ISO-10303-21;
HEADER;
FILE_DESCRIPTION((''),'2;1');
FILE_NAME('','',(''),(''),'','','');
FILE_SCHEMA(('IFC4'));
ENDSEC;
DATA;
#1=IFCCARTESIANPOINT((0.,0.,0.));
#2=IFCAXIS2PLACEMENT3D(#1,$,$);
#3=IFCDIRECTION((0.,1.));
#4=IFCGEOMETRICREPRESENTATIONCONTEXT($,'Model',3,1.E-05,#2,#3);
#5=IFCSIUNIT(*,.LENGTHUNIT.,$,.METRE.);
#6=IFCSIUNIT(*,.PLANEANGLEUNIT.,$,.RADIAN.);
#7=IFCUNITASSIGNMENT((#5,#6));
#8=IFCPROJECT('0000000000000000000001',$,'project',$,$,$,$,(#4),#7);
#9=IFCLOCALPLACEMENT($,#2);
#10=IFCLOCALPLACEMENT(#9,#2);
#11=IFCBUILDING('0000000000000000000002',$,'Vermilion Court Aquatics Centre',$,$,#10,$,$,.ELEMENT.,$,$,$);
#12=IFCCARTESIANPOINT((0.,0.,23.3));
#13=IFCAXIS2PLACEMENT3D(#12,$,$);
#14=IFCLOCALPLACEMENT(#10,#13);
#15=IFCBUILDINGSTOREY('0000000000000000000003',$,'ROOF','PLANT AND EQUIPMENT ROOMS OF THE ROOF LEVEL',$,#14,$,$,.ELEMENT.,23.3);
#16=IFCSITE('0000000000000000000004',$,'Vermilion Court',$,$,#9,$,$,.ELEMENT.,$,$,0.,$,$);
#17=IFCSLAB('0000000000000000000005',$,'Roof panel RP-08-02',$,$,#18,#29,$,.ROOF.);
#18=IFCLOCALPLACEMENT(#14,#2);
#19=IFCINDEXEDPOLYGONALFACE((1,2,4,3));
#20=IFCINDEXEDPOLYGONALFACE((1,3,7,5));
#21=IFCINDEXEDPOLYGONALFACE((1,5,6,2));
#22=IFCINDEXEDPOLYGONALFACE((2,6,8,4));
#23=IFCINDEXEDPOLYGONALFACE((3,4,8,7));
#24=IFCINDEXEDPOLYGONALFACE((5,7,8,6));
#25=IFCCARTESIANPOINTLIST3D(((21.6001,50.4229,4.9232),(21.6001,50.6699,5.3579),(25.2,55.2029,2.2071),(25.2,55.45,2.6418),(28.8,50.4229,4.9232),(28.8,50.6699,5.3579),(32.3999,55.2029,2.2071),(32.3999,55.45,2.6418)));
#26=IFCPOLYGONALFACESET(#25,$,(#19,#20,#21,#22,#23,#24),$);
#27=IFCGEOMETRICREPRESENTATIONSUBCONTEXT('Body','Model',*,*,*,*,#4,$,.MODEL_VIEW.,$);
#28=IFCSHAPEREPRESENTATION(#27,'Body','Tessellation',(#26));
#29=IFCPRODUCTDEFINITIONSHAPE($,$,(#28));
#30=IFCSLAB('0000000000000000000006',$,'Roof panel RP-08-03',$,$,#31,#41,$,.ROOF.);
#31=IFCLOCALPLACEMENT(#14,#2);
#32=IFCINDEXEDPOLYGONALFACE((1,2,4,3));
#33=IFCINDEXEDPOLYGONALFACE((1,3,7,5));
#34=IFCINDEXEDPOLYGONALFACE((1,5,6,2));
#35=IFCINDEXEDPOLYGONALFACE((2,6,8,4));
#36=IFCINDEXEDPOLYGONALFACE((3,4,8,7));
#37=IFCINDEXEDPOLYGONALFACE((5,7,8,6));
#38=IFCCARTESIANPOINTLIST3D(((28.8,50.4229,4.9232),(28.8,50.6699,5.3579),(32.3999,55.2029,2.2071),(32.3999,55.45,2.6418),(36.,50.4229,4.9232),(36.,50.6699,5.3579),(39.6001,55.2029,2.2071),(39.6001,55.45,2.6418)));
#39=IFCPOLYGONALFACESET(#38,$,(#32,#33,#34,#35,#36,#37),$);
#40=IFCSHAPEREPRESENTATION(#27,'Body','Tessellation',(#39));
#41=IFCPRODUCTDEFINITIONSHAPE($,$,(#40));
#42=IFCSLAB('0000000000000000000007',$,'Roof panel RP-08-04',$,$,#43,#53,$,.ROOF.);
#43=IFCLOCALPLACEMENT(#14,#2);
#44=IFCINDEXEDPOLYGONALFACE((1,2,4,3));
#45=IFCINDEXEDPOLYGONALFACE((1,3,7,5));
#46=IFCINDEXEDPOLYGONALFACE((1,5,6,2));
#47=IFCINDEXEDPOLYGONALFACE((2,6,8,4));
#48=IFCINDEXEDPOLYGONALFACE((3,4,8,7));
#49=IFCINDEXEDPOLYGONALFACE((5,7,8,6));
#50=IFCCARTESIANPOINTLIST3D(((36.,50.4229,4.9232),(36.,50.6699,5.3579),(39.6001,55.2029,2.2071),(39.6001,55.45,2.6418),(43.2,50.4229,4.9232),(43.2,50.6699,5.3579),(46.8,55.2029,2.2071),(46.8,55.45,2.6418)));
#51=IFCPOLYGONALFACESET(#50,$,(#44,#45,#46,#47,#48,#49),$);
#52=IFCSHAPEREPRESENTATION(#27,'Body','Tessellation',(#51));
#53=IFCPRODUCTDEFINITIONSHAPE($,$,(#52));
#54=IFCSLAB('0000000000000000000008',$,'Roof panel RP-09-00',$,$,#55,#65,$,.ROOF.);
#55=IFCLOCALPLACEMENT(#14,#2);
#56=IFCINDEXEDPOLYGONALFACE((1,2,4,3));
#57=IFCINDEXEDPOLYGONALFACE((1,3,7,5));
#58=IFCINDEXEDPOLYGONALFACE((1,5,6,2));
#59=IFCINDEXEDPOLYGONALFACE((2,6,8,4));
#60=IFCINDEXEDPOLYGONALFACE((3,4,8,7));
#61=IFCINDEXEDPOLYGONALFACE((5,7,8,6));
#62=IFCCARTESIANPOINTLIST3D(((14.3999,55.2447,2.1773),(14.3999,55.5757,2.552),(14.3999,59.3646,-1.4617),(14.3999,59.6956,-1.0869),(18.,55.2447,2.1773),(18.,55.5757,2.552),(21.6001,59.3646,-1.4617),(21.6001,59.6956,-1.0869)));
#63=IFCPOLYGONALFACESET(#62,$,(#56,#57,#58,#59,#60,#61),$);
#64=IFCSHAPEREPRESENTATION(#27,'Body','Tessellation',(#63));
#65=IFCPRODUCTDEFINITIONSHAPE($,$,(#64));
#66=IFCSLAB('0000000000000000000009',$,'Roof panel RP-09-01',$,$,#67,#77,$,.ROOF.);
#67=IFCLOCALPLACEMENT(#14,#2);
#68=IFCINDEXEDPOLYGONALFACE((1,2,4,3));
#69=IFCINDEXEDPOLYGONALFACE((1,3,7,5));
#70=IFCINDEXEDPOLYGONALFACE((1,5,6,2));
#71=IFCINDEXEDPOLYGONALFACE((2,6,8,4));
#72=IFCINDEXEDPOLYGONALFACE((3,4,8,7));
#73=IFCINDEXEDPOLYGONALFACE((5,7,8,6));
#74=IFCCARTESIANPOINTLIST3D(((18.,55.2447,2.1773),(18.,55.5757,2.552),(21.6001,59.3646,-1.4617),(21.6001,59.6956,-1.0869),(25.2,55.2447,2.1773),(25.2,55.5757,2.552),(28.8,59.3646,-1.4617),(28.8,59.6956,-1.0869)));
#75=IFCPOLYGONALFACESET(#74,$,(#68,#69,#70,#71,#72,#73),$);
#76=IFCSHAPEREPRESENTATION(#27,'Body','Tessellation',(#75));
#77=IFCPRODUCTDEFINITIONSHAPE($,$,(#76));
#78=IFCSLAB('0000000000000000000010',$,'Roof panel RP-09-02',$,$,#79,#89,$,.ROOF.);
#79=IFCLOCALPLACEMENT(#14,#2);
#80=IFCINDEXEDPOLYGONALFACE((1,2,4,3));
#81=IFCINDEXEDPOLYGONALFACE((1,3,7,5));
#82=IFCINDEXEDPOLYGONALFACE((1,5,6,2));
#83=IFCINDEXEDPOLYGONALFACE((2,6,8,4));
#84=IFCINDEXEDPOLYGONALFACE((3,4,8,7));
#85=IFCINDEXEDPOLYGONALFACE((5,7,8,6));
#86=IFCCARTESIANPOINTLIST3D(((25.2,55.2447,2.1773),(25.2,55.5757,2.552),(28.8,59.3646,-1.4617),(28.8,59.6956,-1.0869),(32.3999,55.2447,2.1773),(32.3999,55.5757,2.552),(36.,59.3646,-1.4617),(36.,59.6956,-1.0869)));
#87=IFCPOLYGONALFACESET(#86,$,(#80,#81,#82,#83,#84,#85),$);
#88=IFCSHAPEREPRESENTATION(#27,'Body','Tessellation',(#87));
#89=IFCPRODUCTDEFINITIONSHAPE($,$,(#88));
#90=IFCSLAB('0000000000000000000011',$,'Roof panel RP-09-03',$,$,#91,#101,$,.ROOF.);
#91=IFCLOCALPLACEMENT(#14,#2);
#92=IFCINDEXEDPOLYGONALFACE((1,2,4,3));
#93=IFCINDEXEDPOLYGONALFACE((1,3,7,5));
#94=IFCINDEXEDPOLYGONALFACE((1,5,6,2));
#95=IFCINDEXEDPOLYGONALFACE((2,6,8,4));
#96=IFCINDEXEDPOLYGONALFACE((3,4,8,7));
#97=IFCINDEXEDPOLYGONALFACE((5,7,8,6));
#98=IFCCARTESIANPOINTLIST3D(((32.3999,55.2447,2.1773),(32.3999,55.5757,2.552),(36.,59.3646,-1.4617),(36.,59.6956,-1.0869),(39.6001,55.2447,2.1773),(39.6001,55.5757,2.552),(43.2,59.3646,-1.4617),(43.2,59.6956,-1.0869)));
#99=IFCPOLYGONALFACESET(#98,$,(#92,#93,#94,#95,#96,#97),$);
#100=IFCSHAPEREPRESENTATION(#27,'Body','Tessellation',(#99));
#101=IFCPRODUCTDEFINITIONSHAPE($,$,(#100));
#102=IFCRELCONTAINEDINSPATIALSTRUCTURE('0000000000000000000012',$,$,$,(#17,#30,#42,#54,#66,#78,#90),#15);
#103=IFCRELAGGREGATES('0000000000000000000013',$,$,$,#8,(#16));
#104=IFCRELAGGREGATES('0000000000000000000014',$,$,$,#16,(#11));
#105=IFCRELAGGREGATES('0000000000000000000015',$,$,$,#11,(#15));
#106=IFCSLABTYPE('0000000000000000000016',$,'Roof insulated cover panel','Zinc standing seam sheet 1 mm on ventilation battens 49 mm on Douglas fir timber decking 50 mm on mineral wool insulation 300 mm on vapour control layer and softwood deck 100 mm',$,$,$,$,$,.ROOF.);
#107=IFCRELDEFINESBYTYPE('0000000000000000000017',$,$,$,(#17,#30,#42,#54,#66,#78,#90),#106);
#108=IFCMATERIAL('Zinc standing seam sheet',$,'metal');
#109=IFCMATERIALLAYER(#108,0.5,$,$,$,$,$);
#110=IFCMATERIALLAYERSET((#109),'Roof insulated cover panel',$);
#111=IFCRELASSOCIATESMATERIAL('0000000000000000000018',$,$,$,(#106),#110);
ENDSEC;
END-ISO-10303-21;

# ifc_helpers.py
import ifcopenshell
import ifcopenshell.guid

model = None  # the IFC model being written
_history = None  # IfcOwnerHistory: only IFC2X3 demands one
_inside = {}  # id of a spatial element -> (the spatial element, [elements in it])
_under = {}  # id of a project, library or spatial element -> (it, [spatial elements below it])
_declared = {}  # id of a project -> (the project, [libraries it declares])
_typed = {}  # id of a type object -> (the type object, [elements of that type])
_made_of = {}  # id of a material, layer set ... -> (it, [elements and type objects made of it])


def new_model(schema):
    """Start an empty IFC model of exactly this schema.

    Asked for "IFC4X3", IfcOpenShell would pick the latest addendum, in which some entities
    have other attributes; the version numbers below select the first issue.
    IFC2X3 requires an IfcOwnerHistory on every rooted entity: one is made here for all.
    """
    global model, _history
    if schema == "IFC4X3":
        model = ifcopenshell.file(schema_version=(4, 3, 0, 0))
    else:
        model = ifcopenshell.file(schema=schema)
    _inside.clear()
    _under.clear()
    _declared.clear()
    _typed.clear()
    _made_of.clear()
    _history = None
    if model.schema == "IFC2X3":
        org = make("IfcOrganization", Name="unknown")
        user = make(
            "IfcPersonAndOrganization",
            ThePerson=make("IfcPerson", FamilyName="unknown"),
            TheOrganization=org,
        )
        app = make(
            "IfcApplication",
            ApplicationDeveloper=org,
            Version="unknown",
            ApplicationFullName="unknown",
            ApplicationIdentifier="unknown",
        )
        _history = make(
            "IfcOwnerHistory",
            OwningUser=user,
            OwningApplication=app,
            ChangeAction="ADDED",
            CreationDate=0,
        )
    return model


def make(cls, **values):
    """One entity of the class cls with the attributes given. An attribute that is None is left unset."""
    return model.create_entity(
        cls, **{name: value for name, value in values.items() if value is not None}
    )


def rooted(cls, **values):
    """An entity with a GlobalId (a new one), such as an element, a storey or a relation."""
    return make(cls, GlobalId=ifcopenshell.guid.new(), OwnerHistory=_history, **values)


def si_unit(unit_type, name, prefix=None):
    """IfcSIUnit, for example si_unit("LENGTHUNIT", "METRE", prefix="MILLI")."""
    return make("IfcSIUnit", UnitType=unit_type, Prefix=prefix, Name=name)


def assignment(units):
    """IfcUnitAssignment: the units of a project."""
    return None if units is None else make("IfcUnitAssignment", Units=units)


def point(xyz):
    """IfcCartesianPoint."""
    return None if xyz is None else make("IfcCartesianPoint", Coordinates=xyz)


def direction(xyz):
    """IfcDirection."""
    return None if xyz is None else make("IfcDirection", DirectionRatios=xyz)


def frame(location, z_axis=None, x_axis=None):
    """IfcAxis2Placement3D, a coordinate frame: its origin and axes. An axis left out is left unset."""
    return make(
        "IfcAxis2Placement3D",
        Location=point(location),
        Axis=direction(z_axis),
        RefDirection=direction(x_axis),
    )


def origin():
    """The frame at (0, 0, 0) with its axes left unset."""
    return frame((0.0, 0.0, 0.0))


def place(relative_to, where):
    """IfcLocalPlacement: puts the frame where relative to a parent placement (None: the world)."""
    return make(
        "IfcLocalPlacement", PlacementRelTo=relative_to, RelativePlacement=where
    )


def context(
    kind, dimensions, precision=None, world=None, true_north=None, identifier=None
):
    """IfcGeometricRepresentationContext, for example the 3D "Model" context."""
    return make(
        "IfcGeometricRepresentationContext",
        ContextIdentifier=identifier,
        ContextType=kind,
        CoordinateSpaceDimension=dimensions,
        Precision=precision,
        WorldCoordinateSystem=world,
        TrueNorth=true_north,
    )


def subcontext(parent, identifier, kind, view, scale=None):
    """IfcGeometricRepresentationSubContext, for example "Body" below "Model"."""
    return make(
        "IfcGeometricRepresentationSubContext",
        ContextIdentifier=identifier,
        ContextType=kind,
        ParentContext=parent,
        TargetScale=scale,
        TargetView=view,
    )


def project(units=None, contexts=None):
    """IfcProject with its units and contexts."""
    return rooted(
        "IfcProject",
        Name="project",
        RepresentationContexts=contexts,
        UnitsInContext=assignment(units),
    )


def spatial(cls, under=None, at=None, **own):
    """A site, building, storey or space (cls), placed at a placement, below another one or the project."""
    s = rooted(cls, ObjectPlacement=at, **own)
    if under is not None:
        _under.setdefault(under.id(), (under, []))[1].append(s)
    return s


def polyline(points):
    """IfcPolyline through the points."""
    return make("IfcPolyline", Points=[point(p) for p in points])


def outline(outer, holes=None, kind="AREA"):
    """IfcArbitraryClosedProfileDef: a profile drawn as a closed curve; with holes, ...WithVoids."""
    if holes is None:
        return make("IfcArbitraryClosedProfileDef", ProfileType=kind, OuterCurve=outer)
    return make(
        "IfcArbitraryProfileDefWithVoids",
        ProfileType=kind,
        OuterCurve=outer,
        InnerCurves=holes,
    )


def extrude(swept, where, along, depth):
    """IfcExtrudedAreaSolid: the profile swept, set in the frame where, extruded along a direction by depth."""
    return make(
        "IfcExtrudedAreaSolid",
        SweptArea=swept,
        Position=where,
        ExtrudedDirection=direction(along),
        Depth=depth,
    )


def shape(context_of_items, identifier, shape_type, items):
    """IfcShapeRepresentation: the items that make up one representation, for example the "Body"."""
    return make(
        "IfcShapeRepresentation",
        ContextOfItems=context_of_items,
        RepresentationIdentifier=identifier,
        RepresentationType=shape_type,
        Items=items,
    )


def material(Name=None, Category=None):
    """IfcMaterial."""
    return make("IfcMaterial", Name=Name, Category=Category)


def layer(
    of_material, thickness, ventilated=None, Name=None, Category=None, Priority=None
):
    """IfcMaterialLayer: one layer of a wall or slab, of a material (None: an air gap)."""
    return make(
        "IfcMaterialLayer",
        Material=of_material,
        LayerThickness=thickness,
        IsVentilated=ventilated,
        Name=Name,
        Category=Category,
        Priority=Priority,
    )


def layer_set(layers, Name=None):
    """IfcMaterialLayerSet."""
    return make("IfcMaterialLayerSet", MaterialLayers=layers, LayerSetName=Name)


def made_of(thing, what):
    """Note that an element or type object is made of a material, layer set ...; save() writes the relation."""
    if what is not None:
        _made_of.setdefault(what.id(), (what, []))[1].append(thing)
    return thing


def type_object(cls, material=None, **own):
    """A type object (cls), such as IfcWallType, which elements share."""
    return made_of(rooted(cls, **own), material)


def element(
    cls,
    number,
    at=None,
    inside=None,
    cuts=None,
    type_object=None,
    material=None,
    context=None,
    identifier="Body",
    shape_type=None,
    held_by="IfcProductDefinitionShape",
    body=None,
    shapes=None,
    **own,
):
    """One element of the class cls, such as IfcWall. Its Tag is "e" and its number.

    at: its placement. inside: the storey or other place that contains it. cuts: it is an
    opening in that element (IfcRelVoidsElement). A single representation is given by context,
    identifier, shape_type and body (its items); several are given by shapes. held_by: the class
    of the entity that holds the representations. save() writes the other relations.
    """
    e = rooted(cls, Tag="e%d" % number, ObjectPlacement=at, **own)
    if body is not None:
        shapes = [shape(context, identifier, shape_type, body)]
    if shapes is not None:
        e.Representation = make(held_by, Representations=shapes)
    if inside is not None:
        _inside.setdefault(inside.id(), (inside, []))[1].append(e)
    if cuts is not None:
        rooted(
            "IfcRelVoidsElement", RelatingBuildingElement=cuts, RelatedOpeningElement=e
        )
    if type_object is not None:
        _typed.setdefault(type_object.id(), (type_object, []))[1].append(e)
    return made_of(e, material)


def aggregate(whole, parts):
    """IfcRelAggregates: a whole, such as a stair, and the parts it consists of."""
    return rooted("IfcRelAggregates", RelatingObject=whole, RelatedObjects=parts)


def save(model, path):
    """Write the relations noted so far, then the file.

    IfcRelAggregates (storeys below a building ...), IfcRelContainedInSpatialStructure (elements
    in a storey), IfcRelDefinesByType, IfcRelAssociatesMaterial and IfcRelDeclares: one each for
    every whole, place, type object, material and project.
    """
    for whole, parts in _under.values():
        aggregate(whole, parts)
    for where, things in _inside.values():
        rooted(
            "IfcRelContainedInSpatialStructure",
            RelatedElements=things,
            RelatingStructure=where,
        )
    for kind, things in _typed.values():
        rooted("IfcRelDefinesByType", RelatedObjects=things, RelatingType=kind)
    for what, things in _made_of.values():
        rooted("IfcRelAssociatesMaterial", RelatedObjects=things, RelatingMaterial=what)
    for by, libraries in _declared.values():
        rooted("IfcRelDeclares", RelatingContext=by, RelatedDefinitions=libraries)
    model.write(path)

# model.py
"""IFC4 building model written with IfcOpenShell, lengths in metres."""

from ifc_helpers import new_model, si_unit, direction, frame, origin, place, context, subcontext, project, spatial, polyline, outline, extrude, material, layer, layer_set, type_object, element, save


model = new_model("IFC4")

# Units and contexts
model_context = context("Model", 3, precision=1e-05, world=origin(), true_north=direction((0.0, 1.0)))
body_context = subcontext(model_context, "Body", "Model", "MODEL_VIEW")
ifc_project = project(units=[si_unit("LENGTHUNIT", "METRE"), si_unit("PLANEANGLEUNIT", "RADIAN")], contexts=[model_context])

# Site, building, storey
site_placement = place(None, origin())
site = spatial("IfcSite", under=ifc_project, at=site_placement, Name="Vermilion Court", CompositionType="ELEMENT", RefElevation=0.0)
building_placement = place(site_placement, origin())
building = spatial("IfcBuilding", under=site, at=building_placement, Name="Vermilion Court Aquatics Centre", CompositionType="ELEMENT")
storey_placement = place(building_placement, frame((0.0, 0.0, 23.3)))
storey = spatial("IfcBuildingStorey", under=building, at=storey_placement, Name="ROOF", Description="PLANT AND EQUIPMENT ROOMS OF THE ROOF LEVEL", CompositionType="ELEMENT", Elevation=23.3)

# Slabs
ifc_material = material(Name="Zinc standing seam sheet", Category="metal")
ifc_layer = layer(ifc_material, 0.5)
ifc_layer_set = layer_set([ifc_layer], Name="Roof insulated cover panel")
slab_type = type_object("IfcSlabType", Name="Roof insulated cover panel", Description="Zinc standing seam sheet 1 mm on ventilation battens 49 mm on Douglas fir timber decking 50 mm on mineral wool insulation 300 mm on vapour control layer and softwood deck 100 mm", PredefinedType="ROOF", material=ifc_layer_set)
slab_1_placement = place(storey_placement, frame((21.6001, 50.6699, 5.3579), z_axis=(0.0, 0.494028, 0.869446), x_axis=(1.0, 0.0, 0.0)))
element("IfcSlab", 1, at=slab_1_placement, inside=storey, type_object=slab_type, Name="Roof panel RP-08-02", PredefinedType="ROOF", context=body_context, shape_type="SweptSolid", body=[
    extrude(outline(polyline([(0.0, 0.0), (7.2, 0.0), (10.7998, 5.4978), (3.5999, 5.4978), (0.0, 0.0)])), origin(), (0.0, 0.0, -1.0), 0.5),
])
slab_2_placement = place(storey_placement, frame((28.8, 50.6699, 5.3579), z_axis=(0.0, 0.494028, 0.869446), x_axis=(1.0, 0.0, 0.0)))
element("IfcSlab", 2, at=slab_2_placement, inside=storey, type_object=slab_type, Name="Roof panel RP-08-03", PredefinedType="ROOF", context=body_context, shape_type="SweptSolid", body=[
    extrude(outline(polyline([(0.0, 0.0), (7.2, 0.0), (10.8, 5.4978), (3.5999, 5.4978), (0.0, 0.0)])), origin(), (0.0, 0.0, -1.0), 0.5),
])
slab_3_placement = place(storey_placement, frame((36.0, 50.6699, 5.3579), z_axis=(0.0, 0.494028, 0.869446), x_axis=(1.0, 0.0, 0.0)))
element("IfcSlab", 3, at=slab_3_placement, inside=storey, type_object=slab_type, Name="Roof panel RP-08-04", PredefinedType="ROOF", context=body_context, shape_type="SweptSolid", body=[
    extrude(outline(polyline([(0.0, 0.0), (7.2, 0.0), (10.8, 5.4978), (3.6001, 5.4978), (0.0, 0.0)])), origin(), (0.0, 0.0, -1.0), 0.5),
])
slab_4_placement = place(storey_placement, frame((14.3999, 55.5757, 2.552), z_axis=(0.0, 0.662003, 0.749501), x_axis=(1.0, 0.0, 0.0)))
element("IfcSlab", 4, at=slab_4_placement, inside=storey, type_object=slab_type, Name="Roof panel RP-09-00", PredefinedType="ROOF", context=body_context, shape_type="SweptSolid", body=[
    extrude(outline(polyline([(0.0, 0.0), (3.6001, 0.0), (7.2002, 5.4968), (0.0, 5.4968), (0.0, 0.0)])), origin(), (0.0, 0.0, -1.0), 0.5),
])
for number, where, z_axis, x_axis, name in (
    (5, (18.0, 55.5757, 2.552), (0.0, 0.662003, 0.749501), (1.0, 0.0, 0.0), "Roof panel RP-09-01"),
    (6, (25.2, 55.5757, 2.552), (0.0, 0.662003, 0.749501), (1.0, 0.0, 0.0), "Roof panel RP-09-02"),
):
    element("IfcSlab", number, at=place(storey_placement, frame(where, z_axis=z_axis, x_axis=x_axis)), inside=storey, type_object=slab_type, Name=name, PredefinedType="ROOF", context=body_context, shape_type="SweptSolid", body=[
        extrude(outline(polyline([(0.0, 0.0), (7.2, 0.0), (10.8, 5.4968), (3.6001, 5.4968), (0.0, 0.0)])), origin(), (0.0, 0.0, -1.0), 0.5),
    ])
slab_5_placement = place(storey_placement, frame((32.3999, 55.5757, 2.552), z_axis=(0.0, 0.662003, 0.749501), x_axis=(1.0, 0.0, 0.0)))
element("IfcSlab", 7, at=slab_5_placement, inside=storey, type_object=slab_type, Name="Roof panel RP-09-03", PredefinedType="ROOF", context=body_context, shape_type="SweptSolid", body=[
    extrude(outline(polyline([(0.0, 0.0), (7.2002, 0.0), (10.8, 5.4968), (3.6001, 5.4968), (0.0, 0.0)])), origin(), (0.0, 0.0, -1.0), 0.5),
])

save(model, "model.ifc")
